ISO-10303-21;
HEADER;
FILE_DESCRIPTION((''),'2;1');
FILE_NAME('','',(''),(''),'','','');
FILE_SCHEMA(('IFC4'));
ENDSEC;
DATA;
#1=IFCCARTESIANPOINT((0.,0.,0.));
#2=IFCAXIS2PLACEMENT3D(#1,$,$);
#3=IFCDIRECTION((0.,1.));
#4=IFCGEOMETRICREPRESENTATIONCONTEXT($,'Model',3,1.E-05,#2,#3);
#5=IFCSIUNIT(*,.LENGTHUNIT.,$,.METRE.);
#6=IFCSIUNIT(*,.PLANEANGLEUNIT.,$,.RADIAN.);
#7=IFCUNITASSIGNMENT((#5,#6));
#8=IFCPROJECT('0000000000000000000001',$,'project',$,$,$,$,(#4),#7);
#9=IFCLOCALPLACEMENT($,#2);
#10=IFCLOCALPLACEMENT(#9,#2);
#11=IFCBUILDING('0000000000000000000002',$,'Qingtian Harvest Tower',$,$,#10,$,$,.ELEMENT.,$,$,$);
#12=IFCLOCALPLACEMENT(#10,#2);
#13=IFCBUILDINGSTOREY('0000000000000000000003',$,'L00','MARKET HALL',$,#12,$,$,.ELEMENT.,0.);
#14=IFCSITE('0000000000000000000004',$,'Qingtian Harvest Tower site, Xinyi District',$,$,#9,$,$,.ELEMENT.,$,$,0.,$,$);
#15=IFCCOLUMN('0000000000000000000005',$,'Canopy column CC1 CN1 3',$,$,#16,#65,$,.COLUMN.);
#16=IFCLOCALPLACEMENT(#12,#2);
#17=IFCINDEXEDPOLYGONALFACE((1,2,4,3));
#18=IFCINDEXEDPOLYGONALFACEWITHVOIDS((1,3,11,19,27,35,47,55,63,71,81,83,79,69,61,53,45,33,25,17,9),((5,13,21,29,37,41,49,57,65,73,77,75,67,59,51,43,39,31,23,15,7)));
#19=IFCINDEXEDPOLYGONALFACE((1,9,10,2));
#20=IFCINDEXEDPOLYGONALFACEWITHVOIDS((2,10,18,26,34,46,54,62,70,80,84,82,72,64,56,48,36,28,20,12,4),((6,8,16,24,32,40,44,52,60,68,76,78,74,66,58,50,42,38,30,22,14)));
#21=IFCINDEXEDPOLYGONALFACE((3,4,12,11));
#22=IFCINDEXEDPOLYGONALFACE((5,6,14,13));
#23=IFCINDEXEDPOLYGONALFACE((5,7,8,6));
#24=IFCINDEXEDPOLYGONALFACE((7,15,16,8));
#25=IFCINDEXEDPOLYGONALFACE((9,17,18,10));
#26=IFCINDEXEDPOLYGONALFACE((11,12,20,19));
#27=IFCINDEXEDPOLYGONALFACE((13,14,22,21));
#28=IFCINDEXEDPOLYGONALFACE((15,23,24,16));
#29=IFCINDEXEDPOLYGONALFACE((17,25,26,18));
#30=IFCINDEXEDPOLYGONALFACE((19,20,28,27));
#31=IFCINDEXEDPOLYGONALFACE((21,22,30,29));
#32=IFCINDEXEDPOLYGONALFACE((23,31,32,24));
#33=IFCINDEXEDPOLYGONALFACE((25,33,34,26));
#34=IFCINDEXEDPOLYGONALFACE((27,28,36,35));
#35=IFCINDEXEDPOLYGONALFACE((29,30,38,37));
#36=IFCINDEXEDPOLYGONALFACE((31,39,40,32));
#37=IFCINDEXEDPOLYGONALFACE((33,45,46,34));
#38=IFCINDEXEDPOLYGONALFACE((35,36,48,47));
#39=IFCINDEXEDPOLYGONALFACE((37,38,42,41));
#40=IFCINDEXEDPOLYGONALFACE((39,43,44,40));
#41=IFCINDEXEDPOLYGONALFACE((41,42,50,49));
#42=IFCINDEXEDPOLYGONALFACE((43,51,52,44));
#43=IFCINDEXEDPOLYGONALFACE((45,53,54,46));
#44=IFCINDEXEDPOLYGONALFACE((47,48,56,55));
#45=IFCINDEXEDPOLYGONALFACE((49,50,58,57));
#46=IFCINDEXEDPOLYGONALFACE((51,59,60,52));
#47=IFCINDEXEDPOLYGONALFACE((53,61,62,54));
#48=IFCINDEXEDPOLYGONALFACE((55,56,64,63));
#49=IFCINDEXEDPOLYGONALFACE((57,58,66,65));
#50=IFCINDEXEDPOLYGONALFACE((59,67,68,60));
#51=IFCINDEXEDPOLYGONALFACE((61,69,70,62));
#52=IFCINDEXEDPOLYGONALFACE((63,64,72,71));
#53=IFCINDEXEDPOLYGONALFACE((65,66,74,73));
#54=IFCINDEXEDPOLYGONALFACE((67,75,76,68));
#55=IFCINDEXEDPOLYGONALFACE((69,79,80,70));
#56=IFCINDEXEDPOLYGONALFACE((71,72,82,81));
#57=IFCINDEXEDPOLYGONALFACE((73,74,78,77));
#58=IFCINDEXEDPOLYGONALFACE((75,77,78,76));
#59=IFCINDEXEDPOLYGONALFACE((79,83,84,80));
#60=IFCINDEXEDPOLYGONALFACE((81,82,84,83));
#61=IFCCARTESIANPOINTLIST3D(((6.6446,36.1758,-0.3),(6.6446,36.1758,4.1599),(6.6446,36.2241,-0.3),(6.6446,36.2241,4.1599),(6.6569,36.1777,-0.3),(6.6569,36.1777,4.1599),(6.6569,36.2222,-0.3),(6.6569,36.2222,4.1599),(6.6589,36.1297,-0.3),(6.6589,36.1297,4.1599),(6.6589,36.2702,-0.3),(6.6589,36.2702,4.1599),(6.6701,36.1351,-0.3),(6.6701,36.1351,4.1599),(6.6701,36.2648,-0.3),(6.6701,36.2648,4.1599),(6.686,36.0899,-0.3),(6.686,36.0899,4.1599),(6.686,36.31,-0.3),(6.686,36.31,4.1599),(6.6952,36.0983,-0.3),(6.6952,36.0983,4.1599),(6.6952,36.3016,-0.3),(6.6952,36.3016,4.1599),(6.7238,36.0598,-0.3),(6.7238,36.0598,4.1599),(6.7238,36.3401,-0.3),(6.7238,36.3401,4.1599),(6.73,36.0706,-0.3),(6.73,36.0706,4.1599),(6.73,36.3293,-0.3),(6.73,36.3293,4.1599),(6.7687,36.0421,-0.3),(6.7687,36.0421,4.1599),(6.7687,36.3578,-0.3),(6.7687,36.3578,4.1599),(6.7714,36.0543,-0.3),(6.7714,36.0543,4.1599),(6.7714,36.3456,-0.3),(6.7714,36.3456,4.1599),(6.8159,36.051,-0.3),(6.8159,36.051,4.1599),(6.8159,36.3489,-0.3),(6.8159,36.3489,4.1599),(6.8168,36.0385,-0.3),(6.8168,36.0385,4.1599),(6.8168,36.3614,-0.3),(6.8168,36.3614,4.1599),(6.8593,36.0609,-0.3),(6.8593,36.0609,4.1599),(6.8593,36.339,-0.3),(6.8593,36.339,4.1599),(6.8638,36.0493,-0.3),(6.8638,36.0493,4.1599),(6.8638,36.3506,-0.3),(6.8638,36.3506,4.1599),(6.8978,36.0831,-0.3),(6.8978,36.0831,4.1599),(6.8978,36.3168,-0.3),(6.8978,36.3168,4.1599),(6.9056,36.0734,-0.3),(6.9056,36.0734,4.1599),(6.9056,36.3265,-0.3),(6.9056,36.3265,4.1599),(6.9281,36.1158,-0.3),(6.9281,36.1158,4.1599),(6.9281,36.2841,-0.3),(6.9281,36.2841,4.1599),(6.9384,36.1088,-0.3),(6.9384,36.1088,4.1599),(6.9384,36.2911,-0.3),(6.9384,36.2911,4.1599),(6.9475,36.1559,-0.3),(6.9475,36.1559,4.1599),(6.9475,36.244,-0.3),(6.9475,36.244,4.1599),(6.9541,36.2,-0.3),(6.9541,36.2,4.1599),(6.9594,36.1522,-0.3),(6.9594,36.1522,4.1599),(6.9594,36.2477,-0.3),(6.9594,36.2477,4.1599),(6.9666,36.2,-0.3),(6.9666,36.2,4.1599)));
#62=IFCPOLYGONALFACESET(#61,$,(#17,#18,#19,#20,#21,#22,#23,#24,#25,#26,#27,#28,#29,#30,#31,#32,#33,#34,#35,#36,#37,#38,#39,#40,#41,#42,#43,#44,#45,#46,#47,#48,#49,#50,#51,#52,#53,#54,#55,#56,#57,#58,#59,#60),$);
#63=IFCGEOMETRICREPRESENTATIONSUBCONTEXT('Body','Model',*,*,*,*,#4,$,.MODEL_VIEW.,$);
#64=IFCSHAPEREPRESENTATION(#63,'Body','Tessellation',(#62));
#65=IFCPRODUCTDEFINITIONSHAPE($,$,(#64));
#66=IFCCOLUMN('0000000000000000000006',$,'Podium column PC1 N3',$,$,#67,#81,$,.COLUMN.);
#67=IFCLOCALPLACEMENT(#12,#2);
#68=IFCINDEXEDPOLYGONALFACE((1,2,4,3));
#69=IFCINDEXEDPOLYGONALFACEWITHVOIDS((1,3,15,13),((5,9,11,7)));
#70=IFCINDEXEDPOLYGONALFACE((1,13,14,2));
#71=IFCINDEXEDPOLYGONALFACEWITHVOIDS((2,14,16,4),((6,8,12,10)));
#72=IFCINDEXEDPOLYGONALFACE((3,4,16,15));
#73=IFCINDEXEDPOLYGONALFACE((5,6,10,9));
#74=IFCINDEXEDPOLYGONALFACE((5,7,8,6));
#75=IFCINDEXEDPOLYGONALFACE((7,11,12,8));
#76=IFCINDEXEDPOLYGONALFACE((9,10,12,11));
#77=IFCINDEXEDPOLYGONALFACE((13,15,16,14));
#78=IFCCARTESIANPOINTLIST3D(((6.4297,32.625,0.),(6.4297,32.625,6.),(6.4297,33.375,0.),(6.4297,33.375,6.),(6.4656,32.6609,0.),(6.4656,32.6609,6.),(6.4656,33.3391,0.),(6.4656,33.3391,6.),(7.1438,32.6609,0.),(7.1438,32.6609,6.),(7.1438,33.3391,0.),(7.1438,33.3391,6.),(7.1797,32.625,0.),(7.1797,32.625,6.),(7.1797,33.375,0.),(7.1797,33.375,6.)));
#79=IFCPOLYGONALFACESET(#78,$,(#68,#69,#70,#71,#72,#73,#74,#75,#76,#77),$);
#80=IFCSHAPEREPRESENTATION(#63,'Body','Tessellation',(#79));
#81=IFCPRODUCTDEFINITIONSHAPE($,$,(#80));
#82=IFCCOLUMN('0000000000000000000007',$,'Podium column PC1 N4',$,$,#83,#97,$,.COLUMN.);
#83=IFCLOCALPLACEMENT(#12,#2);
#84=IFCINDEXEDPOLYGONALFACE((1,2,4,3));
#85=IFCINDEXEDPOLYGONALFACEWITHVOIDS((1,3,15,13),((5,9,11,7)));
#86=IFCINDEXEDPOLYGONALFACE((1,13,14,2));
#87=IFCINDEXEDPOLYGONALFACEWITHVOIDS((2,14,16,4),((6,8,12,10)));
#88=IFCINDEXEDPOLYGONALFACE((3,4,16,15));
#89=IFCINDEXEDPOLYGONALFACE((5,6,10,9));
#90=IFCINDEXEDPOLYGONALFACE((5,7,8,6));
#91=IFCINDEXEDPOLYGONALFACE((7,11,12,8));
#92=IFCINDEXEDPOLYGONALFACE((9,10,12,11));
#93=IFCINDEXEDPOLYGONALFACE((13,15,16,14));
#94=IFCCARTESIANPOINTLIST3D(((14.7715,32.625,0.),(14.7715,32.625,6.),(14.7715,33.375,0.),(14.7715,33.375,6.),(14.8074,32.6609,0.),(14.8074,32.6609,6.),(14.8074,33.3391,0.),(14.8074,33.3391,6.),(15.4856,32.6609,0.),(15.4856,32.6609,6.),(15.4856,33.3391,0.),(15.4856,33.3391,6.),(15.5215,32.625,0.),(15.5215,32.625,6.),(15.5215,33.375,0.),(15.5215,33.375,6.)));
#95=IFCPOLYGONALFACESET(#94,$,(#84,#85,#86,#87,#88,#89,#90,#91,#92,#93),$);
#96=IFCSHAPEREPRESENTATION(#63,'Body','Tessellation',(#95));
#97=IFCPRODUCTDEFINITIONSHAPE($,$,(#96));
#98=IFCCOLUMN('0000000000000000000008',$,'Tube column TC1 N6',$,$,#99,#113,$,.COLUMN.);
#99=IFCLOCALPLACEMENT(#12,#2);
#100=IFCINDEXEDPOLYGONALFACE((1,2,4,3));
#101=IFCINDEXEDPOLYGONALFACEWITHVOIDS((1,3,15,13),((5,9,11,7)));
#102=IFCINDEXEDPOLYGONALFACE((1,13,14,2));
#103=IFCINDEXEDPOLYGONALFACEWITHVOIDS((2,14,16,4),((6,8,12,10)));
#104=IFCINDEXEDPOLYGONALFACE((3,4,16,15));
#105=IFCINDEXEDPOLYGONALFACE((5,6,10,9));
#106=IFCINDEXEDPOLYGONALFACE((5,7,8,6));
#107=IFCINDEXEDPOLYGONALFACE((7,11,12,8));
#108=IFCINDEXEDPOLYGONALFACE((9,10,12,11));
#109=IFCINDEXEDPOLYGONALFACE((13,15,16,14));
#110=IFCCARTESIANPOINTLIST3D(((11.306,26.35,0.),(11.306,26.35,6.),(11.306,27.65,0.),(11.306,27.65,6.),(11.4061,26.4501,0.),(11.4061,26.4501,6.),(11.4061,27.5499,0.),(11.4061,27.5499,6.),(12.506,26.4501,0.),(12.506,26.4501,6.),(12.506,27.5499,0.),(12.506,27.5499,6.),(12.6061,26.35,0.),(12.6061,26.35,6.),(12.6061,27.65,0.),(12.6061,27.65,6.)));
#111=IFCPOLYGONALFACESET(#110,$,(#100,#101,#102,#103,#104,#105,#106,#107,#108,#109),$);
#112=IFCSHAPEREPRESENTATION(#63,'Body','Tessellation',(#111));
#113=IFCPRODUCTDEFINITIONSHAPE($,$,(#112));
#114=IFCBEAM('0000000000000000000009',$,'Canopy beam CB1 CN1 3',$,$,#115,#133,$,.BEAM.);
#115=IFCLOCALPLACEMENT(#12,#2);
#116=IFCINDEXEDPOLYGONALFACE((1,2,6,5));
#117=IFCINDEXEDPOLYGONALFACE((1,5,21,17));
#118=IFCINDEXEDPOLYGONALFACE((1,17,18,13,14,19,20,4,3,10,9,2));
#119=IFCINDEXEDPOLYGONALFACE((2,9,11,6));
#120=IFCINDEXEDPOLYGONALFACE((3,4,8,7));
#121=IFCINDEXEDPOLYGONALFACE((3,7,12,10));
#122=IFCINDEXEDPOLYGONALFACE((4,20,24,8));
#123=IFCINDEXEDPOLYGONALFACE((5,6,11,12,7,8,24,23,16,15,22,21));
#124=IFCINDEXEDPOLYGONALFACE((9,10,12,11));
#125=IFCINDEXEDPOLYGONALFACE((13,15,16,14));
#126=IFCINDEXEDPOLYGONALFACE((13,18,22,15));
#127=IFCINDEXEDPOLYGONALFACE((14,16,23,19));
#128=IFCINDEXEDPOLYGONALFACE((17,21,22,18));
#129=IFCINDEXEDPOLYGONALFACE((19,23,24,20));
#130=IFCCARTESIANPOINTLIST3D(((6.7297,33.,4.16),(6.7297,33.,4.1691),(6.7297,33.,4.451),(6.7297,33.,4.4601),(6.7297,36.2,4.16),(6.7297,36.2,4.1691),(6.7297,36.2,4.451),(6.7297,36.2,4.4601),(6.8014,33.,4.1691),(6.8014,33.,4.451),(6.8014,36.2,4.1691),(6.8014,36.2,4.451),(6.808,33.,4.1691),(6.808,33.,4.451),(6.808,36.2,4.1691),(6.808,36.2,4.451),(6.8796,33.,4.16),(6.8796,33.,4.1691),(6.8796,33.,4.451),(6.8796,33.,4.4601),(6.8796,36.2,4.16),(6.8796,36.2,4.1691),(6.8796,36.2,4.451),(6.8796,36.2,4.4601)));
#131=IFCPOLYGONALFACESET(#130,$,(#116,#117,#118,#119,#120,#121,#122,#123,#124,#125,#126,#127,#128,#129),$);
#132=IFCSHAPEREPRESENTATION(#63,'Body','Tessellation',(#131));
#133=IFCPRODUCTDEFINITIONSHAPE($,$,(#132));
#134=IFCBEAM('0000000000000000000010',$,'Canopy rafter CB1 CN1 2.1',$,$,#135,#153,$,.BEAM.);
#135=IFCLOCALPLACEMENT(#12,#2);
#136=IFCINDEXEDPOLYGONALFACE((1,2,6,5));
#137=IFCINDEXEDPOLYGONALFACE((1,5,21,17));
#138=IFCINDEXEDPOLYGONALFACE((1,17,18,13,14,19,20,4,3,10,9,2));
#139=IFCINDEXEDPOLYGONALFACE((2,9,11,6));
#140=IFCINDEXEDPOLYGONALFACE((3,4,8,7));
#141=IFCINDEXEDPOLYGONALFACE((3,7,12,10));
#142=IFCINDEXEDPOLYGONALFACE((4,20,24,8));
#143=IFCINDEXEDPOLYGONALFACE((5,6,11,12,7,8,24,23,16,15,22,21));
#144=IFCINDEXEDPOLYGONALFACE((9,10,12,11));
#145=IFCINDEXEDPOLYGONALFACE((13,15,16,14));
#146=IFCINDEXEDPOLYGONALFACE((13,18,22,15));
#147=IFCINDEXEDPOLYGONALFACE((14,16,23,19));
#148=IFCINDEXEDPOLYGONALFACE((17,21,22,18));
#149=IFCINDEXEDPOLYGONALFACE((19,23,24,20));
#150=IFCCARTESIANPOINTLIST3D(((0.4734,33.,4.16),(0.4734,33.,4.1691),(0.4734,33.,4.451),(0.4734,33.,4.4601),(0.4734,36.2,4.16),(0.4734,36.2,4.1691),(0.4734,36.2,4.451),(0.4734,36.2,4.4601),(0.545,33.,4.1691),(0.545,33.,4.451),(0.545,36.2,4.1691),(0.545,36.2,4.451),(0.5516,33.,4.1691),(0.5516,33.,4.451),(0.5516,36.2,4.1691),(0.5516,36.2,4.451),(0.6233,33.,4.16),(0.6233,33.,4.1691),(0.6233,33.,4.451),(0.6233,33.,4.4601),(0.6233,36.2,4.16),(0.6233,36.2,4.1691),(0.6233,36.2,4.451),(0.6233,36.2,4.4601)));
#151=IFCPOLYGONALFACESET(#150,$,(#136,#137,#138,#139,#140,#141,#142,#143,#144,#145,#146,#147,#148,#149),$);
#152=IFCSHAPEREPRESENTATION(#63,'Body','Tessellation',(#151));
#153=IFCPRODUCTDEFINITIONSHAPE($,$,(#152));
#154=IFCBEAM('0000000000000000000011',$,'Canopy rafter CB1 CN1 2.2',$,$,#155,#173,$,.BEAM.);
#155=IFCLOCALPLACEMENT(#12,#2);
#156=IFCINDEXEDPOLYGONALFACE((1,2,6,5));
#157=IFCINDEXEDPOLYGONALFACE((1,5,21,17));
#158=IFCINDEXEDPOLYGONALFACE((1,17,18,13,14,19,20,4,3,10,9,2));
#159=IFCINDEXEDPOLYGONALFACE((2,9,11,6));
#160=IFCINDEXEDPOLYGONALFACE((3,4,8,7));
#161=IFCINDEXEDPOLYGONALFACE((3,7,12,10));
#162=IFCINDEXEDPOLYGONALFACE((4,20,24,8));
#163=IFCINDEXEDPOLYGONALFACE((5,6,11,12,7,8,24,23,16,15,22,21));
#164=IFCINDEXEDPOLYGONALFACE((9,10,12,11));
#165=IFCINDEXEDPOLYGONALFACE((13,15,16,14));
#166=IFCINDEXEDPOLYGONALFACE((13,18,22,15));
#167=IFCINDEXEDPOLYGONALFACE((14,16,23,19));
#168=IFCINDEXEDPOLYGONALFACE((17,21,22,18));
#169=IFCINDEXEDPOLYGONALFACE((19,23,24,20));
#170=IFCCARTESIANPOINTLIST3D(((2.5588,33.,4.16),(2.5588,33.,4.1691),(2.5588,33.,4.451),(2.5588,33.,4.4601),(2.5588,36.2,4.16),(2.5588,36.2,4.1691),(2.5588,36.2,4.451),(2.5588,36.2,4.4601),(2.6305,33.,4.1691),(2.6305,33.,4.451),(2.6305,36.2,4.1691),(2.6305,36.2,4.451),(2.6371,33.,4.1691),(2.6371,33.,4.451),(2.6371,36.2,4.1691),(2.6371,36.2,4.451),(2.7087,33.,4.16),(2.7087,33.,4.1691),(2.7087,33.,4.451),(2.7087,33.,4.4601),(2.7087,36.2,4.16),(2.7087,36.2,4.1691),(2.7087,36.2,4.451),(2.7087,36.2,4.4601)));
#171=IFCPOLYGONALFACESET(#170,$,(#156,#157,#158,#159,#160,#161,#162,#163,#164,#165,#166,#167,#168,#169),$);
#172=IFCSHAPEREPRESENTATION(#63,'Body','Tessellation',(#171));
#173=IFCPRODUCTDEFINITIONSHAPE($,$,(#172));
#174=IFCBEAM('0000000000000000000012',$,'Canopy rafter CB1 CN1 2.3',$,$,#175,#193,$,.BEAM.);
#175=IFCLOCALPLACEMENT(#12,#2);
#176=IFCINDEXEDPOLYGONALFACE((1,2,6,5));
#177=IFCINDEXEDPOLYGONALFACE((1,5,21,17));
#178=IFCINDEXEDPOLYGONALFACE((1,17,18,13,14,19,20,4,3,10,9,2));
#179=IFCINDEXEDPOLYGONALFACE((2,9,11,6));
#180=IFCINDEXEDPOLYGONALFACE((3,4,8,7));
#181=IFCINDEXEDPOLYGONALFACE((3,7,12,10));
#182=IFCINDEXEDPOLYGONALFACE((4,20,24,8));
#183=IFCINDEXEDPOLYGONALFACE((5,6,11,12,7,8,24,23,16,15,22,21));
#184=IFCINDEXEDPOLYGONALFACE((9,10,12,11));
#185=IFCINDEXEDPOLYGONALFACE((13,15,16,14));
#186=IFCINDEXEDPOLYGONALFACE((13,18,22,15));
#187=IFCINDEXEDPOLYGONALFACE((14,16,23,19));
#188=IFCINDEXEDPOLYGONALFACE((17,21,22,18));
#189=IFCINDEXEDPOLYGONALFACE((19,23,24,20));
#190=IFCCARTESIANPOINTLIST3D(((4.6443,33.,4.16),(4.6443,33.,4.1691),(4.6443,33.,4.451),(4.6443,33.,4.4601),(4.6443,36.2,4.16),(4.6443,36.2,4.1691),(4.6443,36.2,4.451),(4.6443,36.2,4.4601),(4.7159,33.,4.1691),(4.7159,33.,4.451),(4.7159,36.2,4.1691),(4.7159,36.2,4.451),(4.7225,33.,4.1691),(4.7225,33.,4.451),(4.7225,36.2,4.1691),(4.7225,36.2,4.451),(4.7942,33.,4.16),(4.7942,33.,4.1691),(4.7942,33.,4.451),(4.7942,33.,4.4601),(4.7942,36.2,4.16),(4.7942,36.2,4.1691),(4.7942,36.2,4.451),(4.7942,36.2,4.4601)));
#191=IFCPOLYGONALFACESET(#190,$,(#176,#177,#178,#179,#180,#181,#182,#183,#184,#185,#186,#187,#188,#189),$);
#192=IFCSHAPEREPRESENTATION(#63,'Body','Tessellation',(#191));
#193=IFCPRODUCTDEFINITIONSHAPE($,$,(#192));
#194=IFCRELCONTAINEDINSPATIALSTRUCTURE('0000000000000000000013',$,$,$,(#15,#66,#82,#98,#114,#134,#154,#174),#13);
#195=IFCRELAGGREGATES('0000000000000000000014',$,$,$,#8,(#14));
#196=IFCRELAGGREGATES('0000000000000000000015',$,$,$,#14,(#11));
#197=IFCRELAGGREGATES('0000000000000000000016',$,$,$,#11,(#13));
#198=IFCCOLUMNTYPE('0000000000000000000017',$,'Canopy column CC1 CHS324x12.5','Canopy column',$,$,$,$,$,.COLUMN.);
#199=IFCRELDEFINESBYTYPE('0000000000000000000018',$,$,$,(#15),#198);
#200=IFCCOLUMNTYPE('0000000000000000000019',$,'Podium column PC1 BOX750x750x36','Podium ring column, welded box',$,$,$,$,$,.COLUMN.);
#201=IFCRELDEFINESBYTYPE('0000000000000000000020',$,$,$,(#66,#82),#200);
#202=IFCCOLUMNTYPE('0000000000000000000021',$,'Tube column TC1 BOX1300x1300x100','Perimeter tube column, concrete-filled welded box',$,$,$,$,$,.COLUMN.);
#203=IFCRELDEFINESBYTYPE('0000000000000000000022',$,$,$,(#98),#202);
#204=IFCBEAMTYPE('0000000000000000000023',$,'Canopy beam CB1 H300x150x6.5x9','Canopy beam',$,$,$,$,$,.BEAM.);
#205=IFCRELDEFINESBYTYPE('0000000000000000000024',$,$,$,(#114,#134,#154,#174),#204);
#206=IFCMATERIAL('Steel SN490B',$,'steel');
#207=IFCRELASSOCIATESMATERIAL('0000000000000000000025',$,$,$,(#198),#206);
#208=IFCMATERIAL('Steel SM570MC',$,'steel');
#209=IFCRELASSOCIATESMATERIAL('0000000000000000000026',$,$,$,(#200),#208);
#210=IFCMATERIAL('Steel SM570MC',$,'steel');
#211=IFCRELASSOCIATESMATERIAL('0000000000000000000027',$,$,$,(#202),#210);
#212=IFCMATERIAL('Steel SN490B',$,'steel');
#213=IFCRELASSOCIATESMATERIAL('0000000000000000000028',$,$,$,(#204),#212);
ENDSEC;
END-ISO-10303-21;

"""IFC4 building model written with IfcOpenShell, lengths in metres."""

from ifc_helpers import new_model, si_unit, direction, frame, origin, origin_2d, place, context, subcontext, project, spatial, hollow_rectangle, hollow_circle, i_section, extrude, material, material_profile, profile_set, type_object, element, save


model = new_model("IFC4")

# Units and contexts
model_context = context("Model", 3, precision=1e-05, world=origin(), true_north=direction((0.0, 1.0)))
body_context = subcontext(model_context, "Body", "Model", "MODEL_VIEW")
ifc_project = project(units=[si_unit("LENGTHUNIT", "METRE"), si_unit("PLANEANGLEUNIT", "RADIAN")], contexts=[model_context])

# Site, building, storey
site_placement = place(None, origin())
site = spatial("IfcSite", under=ifc_project, at=site_placement, Name="Qingtian Harvest Tower site, Xinyi District", CompositionType="ELEMENT", RefElevation=0.0)
building_placement = place(site_placement, origin())
building = spatial("IfcBuilding", under=site, at=building_placement, Name="Qingtian Harvest Tower", CompositionType="ELEMENT")
storey_placement = place(building_placement, origin())
storey = spatial("IfcBuildingStorey", under=building, at=storey_placement, Name="L00", Description="MARKET HALL", CompositionType="ELEMENT", Elevation=0.0)

# Columns
ifc_material_1 = material(Name="Steel SN490B", Category="steel")
ifc_material_profile_1 = material_profile(ifc_material_1, hollow_circle(Radius=0.1619, WallThickness=0.0125, at=origin_2d()), Name="CHS324x12.5")
ifc_profile_set_1 = profile_set([ifc_material_profile_1], Name="Steel SN490B")
column_type_1 = type_object("IfcColumnType", Name="Canopy column CC1 CHS324x12.5", Description="Canopy column", PredefinedType="COLUMN", material=ifc_profile_set_1)
column_1_placement = place(storey_placement, frame((6.8047, 36.2, -0.3), z_axis=(0.0, 0.0, 1.0), x_axis=(1.0, 0.0, 0.0)))
element("IfcColumn", 1, at=column_1_placement, inside=storey, type_object=column_type_1, Name="Canopy column CC1 CN1 3", PredefinedType="COLUMN", context=body_context, shape_type="SweptSolid", body=[
    extrude(hollow_circle(Radius=0.1619, WallThickness=0.0125, at=origin_2d()), origin(), (0.0, 0.0, 1.0), 4.46),
])
ifc_material_2 = material(Name="Steel SM570MC", Category="steel")
ifc_material_profile_2 = material_profile(ifc_material_2, hollow_rectangle(XDim=0.75, YDim=0.75, WallThickness=0.0359, at=origin_2d()), Name="BOX750x750x36")
ifc_profile_set_2 = profile_set([ifc_material_profile_2], Name="Steel SM570MC")
column_type_2 = type_object("IfcColumnType", Name="Podium column PC1 BOX750x750x36", Description="Podium ring column, welded box", PredefinedType="COLUMN", material=ifc_profile_set_2)
for number, where, z_axis, x_axis, name in (
    (2, (6.8047, 33.0, 0.0), (0.0, 0.0, 1.0), (-1.0, 0.0, 0.0), "Podium column PC1 N3"),
    (3, (15.1465, 33.0, 0.0), (0.0, 0.0, 1.0), (-1.0, 0.0, 0.0), "Podium column PC1 N4"),
):
    element("IfcColumn", number, at=place(storey_placement, frame(where, z_axis=z_axis, x_axis=x_axis)), inside=storey, type_object=column_type_2, Name=name, PredefinedType="COLUMN", context=body_context, shape_type="SweptSolid", body=[
        extrude(hollow_rectangle(XDim=0.75, YDim=0.75, WallThickness=0.0359, at=origin_2d()), origin(), (0.0, 0.0, 1.0), 6.0),
    ])
ifc_material_3 = material(Name="Steel SM570MC", Category="steel")
ifc_material_profile_3 = material_profile(ifc_material_3, hollow_rectangle(XDim=1.3, YDim=1.3, WallThickness=0.1001, at=origin_2d()), Name="BOX1300x1300x100")
ifc_profile_set_3 = profile_set([ifc_material_profile_3], Name="Steel SM570MC")
column_type_3 = type_object("IfcColumnType", Name="Tube column TC1 BOX1300x1300x100", Description="Perimeter tube column, concrete-filled welded box", PredefinedType="COLUMN", material=ifc_profile_set_3)
column_2_placement = place(storey_placement, frame((11.9561, 27.0, 0.0), z_axis=(0.0, 0.0, 1.0), x_axis=(-1.0, 0.0, 0.0)))
element("IfcColumn", 4, at=column_2_placement, inside=storey, type_object=column_type_3, Name="Tube column TC1 N6", PredefinedType="COLUMN", context=body_context, shape_type="SweptSolid", body=[
    extrude(hollow_rectangle(XDim=1.3, YDim=1.3, WallThickness=0.1001, at=origin_2d()), origin(), (0.0, 0.0, 1.0), 6.0),
])

# Beams
ifc_material_4 = material(Name="Steel SN490B", Category="steel")
ifc_material_profile_4 = material_profile(ifc_material_4, i_section(OverallWidth=0.1499, OverallDepth=0.3, WebThickness=0.0066, FlangeThickness=0.009, at=origin_2d()), Name="H300x150x6.5x9")
ifc_profile_set_4 = profile_set([ifc_material_profile_4], Name="Steel SN490B")
beam_type_1 = type_object("IfcBeamType", Name="Canopy beam CB1 H300x150x6.5x9", Description="Canopy beam", PredefinedType="BEAM", material=ifc_profile_set_4)
for number, where, z_axis, x_axis, name in (
    (5, (6.8047, 33.0, 4.3101), (0.0, 1.0, 0.0), (-1.0, 0.0, 0.0), "Canopy beam CB1 CN1 3"),
    (6, (0.5483, 33.0, 4.3101), (0.0, 1.0, 0.0), (-1.0, 0.0, 0.0), "Canopy rafter CB1 CN1 2.1"),
    (7, (2.6338, 33.0, 4.3101), (0.0, 1.0, 0.0), (-1.0, 0.0, 0.0), "Canopy rafter CB1 CN1 2.2"),
    (8, (4.7192, 33.0, 4.3101), (0.0, 1.0, 0.0), (-1.0, 0.0, 0.0), "Canopy rafter CB1 CN1 2.3"),
):
    element("IfcBeam", number, at=place(storey_placement, frame(where, z_axis=z_axis, x_axis=x_axis)), inside=storey, type_object=beam_type_1, Name=name, PredefinedType="BEAM", context=body_context, shape_type="SweptSolid", body=[
        extrude(i_section(OverallWidth=0.1499, OverallDepth=0.3, WebThickness=0.0066, FlangeThickness=0.009, at=origin_2d()), origin(), (0.0, 0.0, 1.0), 3.2),
    ])

save(model, "model.ifc")
